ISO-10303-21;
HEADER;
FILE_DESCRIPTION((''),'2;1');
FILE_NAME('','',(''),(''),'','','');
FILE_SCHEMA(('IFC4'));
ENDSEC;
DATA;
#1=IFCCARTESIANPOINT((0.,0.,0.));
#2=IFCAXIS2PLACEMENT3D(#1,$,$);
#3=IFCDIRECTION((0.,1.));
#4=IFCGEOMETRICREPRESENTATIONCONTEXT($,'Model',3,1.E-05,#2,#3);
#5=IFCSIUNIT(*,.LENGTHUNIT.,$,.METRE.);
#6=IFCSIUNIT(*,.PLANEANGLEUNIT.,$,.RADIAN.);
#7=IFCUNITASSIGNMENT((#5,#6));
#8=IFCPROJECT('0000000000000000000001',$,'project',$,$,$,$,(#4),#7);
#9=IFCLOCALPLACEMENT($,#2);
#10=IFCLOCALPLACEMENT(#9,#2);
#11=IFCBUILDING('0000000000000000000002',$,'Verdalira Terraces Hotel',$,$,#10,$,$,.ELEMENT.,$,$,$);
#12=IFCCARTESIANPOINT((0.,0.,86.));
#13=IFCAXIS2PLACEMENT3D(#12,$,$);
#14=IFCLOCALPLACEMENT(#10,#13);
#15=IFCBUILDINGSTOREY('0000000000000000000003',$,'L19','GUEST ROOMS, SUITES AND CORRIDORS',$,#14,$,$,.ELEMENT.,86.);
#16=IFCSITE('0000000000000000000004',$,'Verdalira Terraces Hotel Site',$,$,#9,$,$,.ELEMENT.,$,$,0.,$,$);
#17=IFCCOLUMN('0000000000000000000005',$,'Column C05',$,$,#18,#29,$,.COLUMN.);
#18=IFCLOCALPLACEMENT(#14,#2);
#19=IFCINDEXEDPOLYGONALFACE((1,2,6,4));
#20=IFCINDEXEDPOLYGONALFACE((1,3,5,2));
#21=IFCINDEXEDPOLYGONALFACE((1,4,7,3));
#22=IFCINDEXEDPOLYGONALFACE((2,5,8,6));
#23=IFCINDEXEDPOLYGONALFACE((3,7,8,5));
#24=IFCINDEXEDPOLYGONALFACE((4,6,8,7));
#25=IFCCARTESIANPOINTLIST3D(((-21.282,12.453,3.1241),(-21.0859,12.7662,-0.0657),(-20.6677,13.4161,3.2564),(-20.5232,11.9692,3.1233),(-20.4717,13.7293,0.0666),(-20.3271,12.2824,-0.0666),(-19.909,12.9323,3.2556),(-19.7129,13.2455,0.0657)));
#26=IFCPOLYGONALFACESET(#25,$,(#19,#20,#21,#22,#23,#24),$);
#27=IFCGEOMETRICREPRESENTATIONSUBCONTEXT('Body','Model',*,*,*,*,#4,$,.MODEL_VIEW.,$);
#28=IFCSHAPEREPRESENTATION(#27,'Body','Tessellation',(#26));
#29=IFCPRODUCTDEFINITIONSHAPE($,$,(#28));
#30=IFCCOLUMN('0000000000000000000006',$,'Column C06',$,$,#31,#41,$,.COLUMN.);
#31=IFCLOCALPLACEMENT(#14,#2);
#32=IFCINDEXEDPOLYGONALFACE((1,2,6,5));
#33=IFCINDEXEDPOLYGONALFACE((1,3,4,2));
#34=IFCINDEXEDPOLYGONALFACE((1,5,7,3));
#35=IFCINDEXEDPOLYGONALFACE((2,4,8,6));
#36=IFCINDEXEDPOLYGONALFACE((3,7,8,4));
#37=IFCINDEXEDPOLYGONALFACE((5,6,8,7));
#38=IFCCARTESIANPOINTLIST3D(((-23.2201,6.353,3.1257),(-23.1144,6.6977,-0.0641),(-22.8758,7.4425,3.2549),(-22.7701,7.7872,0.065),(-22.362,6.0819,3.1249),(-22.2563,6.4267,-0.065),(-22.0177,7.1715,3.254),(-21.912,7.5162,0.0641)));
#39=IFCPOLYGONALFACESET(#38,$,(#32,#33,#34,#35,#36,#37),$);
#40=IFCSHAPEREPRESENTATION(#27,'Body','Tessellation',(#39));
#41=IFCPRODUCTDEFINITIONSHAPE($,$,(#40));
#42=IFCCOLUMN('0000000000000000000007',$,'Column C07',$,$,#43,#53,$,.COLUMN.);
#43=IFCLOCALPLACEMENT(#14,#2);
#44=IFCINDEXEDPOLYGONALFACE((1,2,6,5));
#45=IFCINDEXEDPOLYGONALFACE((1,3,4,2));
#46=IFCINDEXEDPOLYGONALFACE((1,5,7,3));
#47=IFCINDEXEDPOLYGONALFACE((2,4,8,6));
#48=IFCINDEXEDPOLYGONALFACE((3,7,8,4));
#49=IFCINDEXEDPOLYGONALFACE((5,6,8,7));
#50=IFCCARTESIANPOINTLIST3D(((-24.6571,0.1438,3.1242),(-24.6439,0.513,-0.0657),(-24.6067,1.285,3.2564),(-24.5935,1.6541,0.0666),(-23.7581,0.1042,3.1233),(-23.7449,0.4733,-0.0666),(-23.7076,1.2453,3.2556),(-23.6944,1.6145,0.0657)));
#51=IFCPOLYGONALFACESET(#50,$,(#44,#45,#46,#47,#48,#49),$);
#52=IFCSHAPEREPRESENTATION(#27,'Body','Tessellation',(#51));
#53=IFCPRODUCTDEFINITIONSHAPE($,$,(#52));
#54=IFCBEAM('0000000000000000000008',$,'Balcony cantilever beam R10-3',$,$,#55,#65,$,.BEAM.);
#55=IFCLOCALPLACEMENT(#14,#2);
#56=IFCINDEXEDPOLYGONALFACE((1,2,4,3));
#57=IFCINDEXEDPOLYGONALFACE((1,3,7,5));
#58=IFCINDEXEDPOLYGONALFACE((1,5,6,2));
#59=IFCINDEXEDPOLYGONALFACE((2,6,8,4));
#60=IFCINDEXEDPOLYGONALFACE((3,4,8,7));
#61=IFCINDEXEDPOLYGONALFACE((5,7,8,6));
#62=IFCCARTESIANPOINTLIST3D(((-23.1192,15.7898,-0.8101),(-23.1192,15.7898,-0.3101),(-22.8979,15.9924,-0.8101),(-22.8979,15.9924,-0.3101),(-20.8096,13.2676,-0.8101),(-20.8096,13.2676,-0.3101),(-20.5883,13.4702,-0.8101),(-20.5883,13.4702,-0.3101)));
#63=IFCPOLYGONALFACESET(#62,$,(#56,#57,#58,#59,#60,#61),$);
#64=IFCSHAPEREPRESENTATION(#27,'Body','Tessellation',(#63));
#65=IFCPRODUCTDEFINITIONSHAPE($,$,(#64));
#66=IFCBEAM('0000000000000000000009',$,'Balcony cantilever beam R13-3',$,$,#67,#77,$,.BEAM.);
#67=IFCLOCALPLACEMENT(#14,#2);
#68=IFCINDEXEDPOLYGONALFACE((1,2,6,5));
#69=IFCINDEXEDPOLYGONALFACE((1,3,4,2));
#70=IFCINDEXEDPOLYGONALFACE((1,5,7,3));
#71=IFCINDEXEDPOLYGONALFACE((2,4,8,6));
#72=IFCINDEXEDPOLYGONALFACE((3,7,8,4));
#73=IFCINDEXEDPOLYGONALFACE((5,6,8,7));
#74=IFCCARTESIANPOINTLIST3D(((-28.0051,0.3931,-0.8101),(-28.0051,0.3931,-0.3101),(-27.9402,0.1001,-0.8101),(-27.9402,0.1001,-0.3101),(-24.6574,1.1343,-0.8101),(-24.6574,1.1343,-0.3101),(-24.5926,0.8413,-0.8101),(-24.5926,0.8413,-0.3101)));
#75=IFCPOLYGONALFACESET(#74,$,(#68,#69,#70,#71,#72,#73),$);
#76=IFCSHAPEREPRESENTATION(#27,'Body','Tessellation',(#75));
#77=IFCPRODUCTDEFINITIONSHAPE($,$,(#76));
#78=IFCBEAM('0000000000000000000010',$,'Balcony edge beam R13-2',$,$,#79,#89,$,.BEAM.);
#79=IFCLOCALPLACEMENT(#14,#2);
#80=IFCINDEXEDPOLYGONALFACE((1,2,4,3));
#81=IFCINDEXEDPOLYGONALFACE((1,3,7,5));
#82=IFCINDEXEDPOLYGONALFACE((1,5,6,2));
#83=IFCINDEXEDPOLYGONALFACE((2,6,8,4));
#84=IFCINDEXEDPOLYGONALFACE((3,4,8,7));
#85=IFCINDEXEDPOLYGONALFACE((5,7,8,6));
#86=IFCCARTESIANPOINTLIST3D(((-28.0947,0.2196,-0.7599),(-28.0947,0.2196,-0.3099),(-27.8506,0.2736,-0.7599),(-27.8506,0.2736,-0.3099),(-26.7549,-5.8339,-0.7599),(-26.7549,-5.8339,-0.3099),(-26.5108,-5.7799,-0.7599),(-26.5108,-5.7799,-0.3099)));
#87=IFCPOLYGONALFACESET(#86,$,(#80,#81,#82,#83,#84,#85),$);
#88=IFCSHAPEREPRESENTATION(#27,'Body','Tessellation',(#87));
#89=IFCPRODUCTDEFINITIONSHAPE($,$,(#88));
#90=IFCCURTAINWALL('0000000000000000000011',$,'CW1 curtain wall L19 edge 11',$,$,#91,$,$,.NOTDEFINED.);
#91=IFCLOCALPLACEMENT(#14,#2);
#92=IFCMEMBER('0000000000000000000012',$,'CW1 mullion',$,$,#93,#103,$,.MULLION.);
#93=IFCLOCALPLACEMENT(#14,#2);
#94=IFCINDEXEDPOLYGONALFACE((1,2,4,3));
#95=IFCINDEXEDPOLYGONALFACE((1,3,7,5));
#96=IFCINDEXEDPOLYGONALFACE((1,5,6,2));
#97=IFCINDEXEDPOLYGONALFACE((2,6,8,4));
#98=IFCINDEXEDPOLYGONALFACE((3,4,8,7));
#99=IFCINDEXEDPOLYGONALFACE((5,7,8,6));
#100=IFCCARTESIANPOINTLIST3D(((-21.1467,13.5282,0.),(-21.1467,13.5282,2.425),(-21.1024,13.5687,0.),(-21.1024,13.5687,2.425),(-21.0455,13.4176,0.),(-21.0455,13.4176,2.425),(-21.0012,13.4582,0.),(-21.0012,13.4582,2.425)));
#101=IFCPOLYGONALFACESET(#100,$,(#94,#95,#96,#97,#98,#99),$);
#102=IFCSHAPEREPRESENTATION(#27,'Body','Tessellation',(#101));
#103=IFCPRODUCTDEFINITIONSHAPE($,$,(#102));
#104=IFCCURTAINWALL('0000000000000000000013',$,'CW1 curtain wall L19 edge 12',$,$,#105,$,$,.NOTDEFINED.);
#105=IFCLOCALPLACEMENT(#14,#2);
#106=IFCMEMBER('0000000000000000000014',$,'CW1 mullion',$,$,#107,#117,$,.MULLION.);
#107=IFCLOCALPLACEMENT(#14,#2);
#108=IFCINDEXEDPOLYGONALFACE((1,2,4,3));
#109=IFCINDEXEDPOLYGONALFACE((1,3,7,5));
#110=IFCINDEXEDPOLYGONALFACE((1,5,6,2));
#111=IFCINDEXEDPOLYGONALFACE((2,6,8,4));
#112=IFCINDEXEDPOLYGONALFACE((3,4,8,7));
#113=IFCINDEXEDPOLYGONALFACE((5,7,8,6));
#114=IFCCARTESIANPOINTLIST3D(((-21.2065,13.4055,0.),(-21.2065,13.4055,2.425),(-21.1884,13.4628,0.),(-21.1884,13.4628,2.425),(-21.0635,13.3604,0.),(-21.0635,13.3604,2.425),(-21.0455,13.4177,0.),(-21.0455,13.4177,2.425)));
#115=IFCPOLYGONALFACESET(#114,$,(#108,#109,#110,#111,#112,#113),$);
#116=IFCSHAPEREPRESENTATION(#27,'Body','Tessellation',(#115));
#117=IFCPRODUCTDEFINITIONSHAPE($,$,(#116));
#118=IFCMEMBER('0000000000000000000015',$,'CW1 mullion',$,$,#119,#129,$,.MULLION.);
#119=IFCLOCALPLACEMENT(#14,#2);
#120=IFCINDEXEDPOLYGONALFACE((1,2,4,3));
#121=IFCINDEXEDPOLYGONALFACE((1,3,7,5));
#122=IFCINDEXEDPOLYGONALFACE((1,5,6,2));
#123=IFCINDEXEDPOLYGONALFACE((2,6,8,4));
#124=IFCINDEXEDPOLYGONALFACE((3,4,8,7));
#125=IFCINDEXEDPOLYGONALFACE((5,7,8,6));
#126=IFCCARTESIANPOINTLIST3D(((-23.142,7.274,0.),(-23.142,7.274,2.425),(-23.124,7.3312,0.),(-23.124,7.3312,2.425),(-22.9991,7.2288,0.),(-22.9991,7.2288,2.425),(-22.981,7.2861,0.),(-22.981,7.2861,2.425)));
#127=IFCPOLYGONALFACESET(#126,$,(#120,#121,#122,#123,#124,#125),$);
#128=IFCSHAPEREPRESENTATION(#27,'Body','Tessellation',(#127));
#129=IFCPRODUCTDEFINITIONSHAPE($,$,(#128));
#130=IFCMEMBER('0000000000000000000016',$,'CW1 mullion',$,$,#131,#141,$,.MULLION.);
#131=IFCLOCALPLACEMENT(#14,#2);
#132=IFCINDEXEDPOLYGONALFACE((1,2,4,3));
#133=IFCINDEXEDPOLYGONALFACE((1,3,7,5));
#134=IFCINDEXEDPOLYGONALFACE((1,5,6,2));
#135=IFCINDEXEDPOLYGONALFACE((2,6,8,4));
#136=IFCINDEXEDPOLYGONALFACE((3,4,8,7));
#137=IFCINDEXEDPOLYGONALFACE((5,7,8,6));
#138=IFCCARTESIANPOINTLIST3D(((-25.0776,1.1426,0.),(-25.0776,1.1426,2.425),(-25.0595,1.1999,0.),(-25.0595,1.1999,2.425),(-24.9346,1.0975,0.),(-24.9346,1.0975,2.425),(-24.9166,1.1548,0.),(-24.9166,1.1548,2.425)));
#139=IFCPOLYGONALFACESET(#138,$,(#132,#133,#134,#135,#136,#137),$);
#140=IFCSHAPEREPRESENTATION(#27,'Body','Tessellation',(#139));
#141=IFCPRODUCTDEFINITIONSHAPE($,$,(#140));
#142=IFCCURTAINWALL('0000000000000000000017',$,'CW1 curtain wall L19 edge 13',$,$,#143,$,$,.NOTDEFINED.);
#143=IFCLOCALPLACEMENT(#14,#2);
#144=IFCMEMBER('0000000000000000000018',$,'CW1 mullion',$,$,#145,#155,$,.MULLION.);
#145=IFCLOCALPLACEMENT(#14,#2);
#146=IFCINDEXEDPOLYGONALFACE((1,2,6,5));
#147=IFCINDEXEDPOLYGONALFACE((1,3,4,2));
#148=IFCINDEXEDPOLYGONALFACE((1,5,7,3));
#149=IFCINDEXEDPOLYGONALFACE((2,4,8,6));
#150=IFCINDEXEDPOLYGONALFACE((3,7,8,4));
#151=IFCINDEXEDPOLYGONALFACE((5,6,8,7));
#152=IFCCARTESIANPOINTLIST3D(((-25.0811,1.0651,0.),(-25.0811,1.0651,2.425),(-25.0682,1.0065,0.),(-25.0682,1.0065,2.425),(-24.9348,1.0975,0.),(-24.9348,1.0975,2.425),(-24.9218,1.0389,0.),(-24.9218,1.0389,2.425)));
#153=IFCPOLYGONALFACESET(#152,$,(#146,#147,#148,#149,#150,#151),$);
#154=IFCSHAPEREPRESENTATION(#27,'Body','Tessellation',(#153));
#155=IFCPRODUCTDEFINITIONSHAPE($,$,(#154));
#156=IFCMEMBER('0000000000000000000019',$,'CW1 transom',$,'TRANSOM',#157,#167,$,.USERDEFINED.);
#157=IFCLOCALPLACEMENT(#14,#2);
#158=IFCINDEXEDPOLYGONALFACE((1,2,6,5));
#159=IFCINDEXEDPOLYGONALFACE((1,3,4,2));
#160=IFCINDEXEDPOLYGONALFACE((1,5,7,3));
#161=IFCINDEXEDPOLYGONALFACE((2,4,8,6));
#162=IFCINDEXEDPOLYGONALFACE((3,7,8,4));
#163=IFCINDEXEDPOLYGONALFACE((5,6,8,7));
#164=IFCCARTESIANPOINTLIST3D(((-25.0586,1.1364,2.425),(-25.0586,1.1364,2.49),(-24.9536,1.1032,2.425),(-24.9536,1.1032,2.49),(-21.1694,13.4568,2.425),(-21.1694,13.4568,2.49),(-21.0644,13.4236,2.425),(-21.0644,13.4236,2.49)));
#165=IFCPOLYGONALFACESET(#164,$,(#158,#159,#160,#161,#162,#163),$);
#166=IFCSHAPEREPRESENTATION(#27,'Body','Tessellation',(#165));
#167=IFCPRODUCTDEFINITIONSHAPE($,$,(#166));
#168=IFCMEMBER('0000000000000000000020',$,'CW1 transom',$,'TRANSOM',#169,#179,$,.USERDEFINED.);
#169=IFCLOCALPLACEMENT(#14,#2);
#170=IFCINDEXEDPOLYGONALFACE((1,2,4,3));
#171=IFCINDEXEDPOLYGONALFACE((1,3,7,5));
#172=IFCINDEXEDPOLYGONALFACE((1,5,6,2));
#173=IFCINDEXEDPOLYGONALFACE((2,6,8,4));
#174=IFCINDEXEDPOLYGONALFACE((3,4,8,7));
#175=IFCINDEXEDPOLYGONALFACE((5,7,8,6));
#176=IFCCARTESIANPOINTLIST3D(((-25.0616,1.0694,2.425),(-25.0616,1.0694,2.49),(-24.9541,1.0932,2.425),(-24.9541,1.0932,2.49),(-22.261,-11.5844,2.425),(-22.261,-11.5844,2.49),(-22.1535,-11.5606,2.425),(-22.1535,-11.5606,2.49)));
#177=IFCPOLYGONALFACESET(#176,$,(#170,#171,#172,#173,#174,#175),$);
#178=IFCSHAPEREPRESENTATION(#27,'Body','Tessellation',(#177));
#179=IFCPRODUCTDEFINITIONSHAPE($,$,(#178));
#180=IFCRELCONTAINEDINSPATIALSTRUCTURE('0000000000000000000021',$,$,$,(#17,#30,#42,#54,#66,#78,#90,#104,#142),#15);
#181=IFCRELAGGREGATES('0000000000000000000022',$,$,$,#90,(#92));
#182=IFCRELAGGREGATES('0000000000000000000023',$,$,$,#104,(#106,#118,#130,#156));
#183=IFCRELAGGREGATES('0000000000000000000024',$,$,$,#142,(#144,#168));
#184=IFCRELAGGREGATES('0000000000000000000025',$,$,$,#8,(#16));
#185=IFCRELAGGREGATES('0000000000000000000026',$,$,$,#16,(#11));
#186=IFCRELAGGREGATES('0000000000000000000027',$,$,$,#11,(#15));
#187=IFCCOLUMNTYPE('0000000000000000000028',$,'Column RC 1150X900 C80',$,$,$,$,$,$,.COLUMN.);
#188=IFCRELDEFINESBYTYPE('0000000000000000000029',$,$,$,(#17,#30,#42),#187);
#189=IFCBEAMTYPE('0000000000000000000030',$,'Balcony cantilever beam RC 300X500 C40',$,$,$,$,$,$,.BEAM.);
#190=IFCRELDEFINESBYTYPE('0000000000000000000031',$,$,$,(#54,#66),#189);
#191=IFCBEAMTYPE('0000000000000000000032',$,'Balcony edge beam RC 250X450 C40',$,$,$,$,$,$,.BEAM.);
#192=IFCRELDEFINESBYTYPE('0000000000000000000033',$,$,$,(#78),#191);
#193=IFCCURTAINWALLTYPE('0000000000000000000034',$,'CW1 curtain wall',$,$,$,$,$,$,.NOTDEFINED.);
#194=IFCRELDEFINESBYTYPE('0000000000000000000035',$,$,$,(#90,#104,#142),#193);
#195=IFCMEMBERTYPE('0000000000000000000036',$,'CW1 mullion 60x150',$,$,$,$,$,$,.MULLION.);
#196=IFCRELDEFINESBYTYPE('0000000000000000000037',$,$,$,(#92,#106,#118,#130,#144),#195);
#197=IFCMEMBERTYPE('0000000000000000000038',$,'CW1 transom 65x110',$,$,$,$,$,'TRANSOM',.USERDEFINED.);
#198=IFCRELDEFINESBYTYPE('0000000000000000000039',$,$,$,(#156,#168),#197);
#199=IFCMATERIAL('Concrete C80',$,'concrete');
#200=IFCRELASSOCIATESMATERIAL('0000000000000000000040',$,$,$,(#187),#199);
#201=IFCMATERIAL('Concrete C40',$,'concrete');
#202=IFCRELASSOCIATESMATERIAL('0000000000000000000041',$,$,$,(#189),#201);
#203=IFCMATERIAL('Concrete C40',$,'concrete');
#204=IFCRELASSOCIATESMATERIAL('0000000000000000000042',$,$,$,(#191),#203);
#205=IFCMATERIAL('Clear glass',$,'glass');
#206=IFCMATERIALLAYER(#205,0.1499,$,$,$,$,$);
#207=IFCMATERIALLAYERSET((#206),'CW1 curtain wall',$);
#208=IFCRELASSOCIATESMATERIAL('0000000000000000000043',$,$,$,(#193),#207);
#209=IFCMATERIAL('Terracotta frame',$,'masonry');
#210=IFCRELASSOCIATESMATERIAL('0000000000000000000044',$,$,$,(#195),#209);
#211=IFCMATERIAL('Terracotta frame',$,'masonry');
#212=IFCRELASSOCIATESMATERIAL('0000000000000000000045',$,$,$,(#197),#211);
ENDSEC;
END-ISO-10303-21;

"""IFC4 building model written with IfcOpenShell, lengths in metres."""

from ifc_helpers import new_model, si_unit, direction, frame, origin, origin_2d, place, context, subcontext, project, spatial, rectangle, extrude, material, layer, layer_set, material_profile, profile_set, type_object, element, aggregate, save


model = new_model("IFC4")

# Units and contexts
model_context = context("Model", 3, precision=1e-05, world=origin(), true_north=direction((0.0, 1.0)))
body_context = subcontext(model_context, "Body", "Model", "MODEL_VIEW")
ifc_project = project(units=[si_unit("LENGTHUNIT", "METRE"), si_unit("PLANEANGLEUNIT", "RADIAN")], contexts=[model_context])

# Site, building, storey
site_placement = place(None, origin())
site = spatial("IfcSite", under=ifc_project, at=site_placement, Name="Verdalira Terraces Hotel Site", CompositionType="ELEMENT", RefElevation=0.0)
building_placement = place(site_placement, origin())
building = spatial("IfcBuilding", under=site, at=building_placement, Name="Verdalira Terraces Hotel", CompositionType="ELEMENT")
storey_placement = place(building_placement, frame((0.0, 0.0, 86.0)))
storey = spatial("IfcBuildingStorey", under=building, at=storey_placement, Name="L19", Description="GUEST ROOMS, SUITES AND CORRIDORS", CompositionType="ELEMENT", Elevation=86.0)

# Columns
ifc_material_1 = material(Name="Concrete C80", Category="concrete")
ifc_material_profile_1 = material_profile(ifc_material_1, rectangle(XDim=1.1499, YDim=0.8999, at=origin_2d()), Name="RC 1150X900")
ifc_profile_set_1 = profile_set([ifc_material_profile_1], Name="Concrete C80")
column_type = type_object("IfcColumnType", Name="Column RC 1150X900 C80", PredefinedType="COLUMN", material=ifc_profile_set_1)
column_1_placement = place(storey_placement, frame((-20.3994, 13.0059, 0.0), z_axis=(-0.061049, -0.097542, 0.993357), x_axis=(0.534139, 0.837529, 0.115067)))
element("IfcColumn", 1, at=column_1_placement, inside=storey, type_object=column_type, Name="Column C05", PredefinedType="COLUMN", context=body_context, shape_type="SweptSolid", body=[
    extrude(rectangle(XDim=1.1499, YDim=0.8999, at=origin_2d()), origin(), (0.0, 0.0, 1.0), 3.2112),
])
column_2_placement = place(storey_placement, frame((-22.5132, 7.1069, 0.0), z_axis=(-0.03293, -0.107383, 0.993672), x_axis=(-0.299377, -0.947501, -0.112315)))
element("IfcColumn", 2, at=column_2_placement, inside=storey, type_object=column_type, Name="Column C06", PredefinedType="COLUMN", context=body_context, shape_type="SweptSolid", body=[
    extrude(rectangle(XDim=1.1499, YDim=0.8999, at=origin_2d()), origin(), (0.0, 0.0, 1.0), 3.2102),
])
column_3_placement = place(storey_placement, frame((-24.1692, 1.0637, 0.0), z_axis=(-0.004105, -0.114952, 0.993363), x_axis=(0.043881, 0.992393, 0.115021)))
element("IfcColumn", 3, at=column_3_placement, inside=storey, type_object=column_type, Name="Column C07", PredefinedType="COLUMN", context=body_context, shape_type="SweptSolid", body=[
    extrude(rectangle(XDim=1.1499, YDim=0.8999, at=origin_2d()), origin(), (0.0, 0.0, 1.0), 3.2112),
])

# Beams
ifc_material_2 = material(Name="Concrete C40", Category="concrete")
ifc_material_profile_2 = material_profile(ifc_material_2, rectangle(XDim=0.3, YDim=0.5, at=origin_2d()), Name="RC 300X500")
ifc_profile_set_2 = profile_set([ifc_material_profile_2], Name="Concrete C40")
beam_type_1 = type_object("IfcBeamType", Name="Balcony cantilever beam RC 300X500 C40", PredefinedType="BEAM", material=ifc_profile_set_2)
beam_1_placement = place(storey_placement, frame((-20.699, 13.3689, -0.5601), z_axis=(-0.675333, 0.737513, 0.0), x_axis=(-0.737513, -0.675333, 0.0)))
element("IfcBeam", 4, at=beam_1_placement, inside=storey, type_object=beam_type_1, Name="Balcony cantilever beam R10-3", PredefinedType="BEAM", context=body_context, shape_type="SweptSolid", body=[
    extrude(rectangle(XDim=0.3, YDim=0.5, at=origin_2d()), origin(), (0.0, 0.0, 1.0), 3.4199),
])
beam_2_placement = place(storey_placement, frame((-24.625, 0.9878, -0.5601), z_axis=(-0.976354, -0.216176, 0.0), x_axis=(0.216176, -0.976354, 0.0)))
element("IfcBeam", 5, at=beam_2_placement, inside=storey, type_object=beam_type_1, Name="Balcony cantilever beam R13-3", PredefinedType="BEAM", context=body_context, shape_type="SweptSolid", body=[
    extrude(rectangle(XDim=0.3, YDim=0.5, at=origin_2d()), origin(), (0.0, 0.0, 1.0), 3.4287),
])
ifc_material_3 = material(Name="Concrete C40", Category="concrete")
ifc_material_profile_3 = material_profile(ifc_material_3, rectangle(XDim=0.25, YDim=0.45, at=origin_2d()), Name="RC 250X450")
ifc_profile_set_3 = profile_set([ifc_material_profile_3], Name="Concrete C40")
beam_type_2 = type_object("IfcBeamType", Name="Balcony edge beam RC 250X450 C40", PredefinedType="BEAM", material=ifc_profile_set_3)
beam_3_placement = place(storey_placement, frame((-27.9727, 0.2466, -0.5349), z_axis=(0.216105, -0.97637, 0.0), x_axis=(0.97637, 0.216105, 0.0)))
element("IfcBeam", 6, at=beam_3_placement, inside=storey, type_object=beam_type_2, Name="Balcony edge beam R13-2", PredefinedType="BEAM", context=body_context, shape_type="SweptSolid", body=[
    extrude(rectangle(XDim=0.25, YDim=0.45, at=origin_2d()), origin(), (0.0, 0.0, 1.0), 6.2),
])

# Curtain wall, member
ifc_material_4 = material(Name="Clear glass", Category="glass")
ifc_layer_1 = layer(ifc_material_4, 0.1499)
ifc_layer_set_1 = layer_set([ifc_layer_1], Name="CW1 curtain wall")
curtain_wall_type = type_object("IfcCurtainWallType", Name="CW1 curtain wall", PredefinedType="NOTDEFINED", material=ifc_layer_set_1)
curtain_wall_1_placement = place(storey_placement, origin())
curtain_wall_1 = element("IfcCurtainWall", 7, at=curtain_wall_1_placement, inside=storey, type_object=curtain_wall_type, Name="CW1 curtain wall L19 edge 11", PredefinedType="NOTDEFINED")
ifc_material_5 = material(Name="Terracotta frame", Category="masonry")
ifc_material_profile_4 = material_profile(ifc_material_5, rectangle(XDim=0.0601, YDim=0.1499, at=origin_2d()), Name="MU 60x150")
ifc_profile_set_4 = profile_set([ifc_material_profile_4], Name="Terracotta frame")
member_type_1 = type_object("IfcMemberType", Name="CW1 mullion 60x150", PredefinedType="MULLION", material=ifc_profile_set_4)
member_1_placement = place(storey_placement, frame((-21.074, 13.4932, 0.0), z_axis=(0.0, 0.0, 1.0), x_axis=(-0.737513, -0.675333, 0.0)))
member_1 = element("IfcMember", 8, at=member_1_placement, type_object=member_type_1, Name="CW1 mullion", PredefinedType="MULLION", context=body_context, shape_type="SweptSolid", body=[
    extrude(rectangle(XDim=0.0601, YDim=0.1499, at=origin_2d()), origin(), (0.0, 0.0, 1.0), 2.425),
])

# Curtain wall, members
curtain_wall_2_placement = place(storey_placement, origin())
curtain_wall_2 = element("IfcCurtainWall", 9, at=curtain_wall_2_placement, inside=storey, type_object=curtain_wall_type, Name="CW1 curtain wall L19 edge 12", PredefinedType="NOTDEFINED")
member_2_placement = place(storey_placement, frame((-21.126, 13.4116, 0.0), z_axis=(0.0, 0.0, 1.0), x_axis=(-0.301039, -0.953612, 0.0)))
member_2 = element("IfcMember", 10, at=member_2_placement, type_object=member_type_1, Name="CW1 mullion", PredefinedType="MULLION", context=body_context, shape_type="SweptSolid", body=[
    extrude(rectangle(XDim=0.0601, YDim=0.1499, at=origin_2d()), origin(), (0.0, 0.0, 1.0), 2.425),
])
member_3_placement = place(storey_placement, frame((-23.0615, 7.28, 0.0), z_axis=(0.0, 0.0, 1.0), x_axis=(-0.301039, -0.953612, 0.0)))
member_3 = element("IfcMember", 11, at=member_3_placement, type_object=member_type_1, Name="CW1 mullion", PredefinedType="MULLION", context=body_context, shape_type="SweptSolid", body=[
    extrude(rectangle(XDim=0.0601, YDim=0.1499, at=origin_2d()), origin(), (0.0, 0.0, 1.0), 2.425),
])
member_4_placement = place(storey_placement, frame((-24.9971, 1.1487, 0.0), z_axis=(0.0, 0.0, 1.0), x_axis=(-0.301039, -0.953612, 0.0)))
member_4 = element("IfcMember", 12, at=member_4_placement, type_object=member_type_1, Name="CW1 mullion", PredefinedType="MULLION", context=body_context, shape_type="SweptSolid", body=[
    extrude(rectangle(XDim=0.0601, YDim=0.1499, at=origin_2d()), origin(), (0.0, 0.0, 1.0), 2.425),
])

# Curtain wall, member
curtain_wall_3_placement = place(storey_placement, origin())
curtain_wall_3 = element("IfcCurtainWall", 13, at=curtain_wall_3_placement, inside=storey, type_object=curtain_wall_type, Name="CW1 curtain wall L19 edge 13", PredefinedType="NOTDEFINED")
member_5_placement = place(storey_placement, frame((-25.0015, 1.052, 0.0), z_axis=(0.0, 0.0, 1.0), x_axis=(0.216099, -0.976371, 0.0)))
member_5 = element("IfcMember", 14, at=member_5_placement, type_object=member_type_1, Name="CW1 mullion", PredefinedType="MULLION", context=body_context, shape_type="SweptSolid", body=[
    extrude(rectangle(XDim=0.0601, YDim=0.1499, at=origin_2d()), origin(), (0.0, 0.0, 1.0), 2.425),
])

# Members
ifc_material_6 = material(Name="Terracotta frame", Category="masonry")
ifc_material_profile_5 = material_profile(ifc_material_6, rectangle(XDim=0.1101, YDim=0.0649, at=origin_2d()), Name="TR 65x110")
ifc_profile_set_5 = profile_set([ifc_material_profile_5], Name="Terracotta frame")
member_type_2 = type_object("IfcMemberType", Name="CW1 transom 65x110", ElementType="TRANSOM", PredefinedType="USERDEFINED", material=ifc_profile_set_5)
member_6_placement = place(storey_placement, frame((-21.1169, 13.4402, 2.4575), z_axis=(-0.301028, -0.953615, 0.0), x_axis=(0.953615, -0.301028, 0.0)))
member_6 = element("IfcMember", 15, at=member_6_placement, type_object=member_type_2, Name="CW1 transom", ObjectType="TRANSOM", PredefinedType="USERDEFINED", context=body_context, shape_type="SweptSolid", body=[
    extrude(rectangle(XDim=0.1101, YDim=0.0649, at=origin_2d()), origin(), (0.0, 0.0, 1.0), 12.9197),
])
member_7_placement = place(storey_placement, frame((-25.0078, 1.0813, 2.4575), z_axis=(0.216091, -0.976373, 0.0), x_axis=(0.976373, 0.216091, 0.0)))
member_7 = element("IfcMember", 16, at=member_7_placement, type_object=member_type_2, Name="CW1 transom", ObjectType="TRANSOM", PredefinedType="USERDEFINED", context=body_context, shape_type="SweptSolid", body=[
    extrude(rectangle(XDim=0.1101, YDim=0.0649, at=origin_2d()), origin(), (0.0, 0.0, 1.0), 12.96),
])

aggregate(curtain_wall_1, [member_1])
aggregate(curtain_wall_2, [member_2, member_3, member_4, member_6])
aggregate(curtain_wall_3, [member_5, member_7])

save(model, "model.ifc")
